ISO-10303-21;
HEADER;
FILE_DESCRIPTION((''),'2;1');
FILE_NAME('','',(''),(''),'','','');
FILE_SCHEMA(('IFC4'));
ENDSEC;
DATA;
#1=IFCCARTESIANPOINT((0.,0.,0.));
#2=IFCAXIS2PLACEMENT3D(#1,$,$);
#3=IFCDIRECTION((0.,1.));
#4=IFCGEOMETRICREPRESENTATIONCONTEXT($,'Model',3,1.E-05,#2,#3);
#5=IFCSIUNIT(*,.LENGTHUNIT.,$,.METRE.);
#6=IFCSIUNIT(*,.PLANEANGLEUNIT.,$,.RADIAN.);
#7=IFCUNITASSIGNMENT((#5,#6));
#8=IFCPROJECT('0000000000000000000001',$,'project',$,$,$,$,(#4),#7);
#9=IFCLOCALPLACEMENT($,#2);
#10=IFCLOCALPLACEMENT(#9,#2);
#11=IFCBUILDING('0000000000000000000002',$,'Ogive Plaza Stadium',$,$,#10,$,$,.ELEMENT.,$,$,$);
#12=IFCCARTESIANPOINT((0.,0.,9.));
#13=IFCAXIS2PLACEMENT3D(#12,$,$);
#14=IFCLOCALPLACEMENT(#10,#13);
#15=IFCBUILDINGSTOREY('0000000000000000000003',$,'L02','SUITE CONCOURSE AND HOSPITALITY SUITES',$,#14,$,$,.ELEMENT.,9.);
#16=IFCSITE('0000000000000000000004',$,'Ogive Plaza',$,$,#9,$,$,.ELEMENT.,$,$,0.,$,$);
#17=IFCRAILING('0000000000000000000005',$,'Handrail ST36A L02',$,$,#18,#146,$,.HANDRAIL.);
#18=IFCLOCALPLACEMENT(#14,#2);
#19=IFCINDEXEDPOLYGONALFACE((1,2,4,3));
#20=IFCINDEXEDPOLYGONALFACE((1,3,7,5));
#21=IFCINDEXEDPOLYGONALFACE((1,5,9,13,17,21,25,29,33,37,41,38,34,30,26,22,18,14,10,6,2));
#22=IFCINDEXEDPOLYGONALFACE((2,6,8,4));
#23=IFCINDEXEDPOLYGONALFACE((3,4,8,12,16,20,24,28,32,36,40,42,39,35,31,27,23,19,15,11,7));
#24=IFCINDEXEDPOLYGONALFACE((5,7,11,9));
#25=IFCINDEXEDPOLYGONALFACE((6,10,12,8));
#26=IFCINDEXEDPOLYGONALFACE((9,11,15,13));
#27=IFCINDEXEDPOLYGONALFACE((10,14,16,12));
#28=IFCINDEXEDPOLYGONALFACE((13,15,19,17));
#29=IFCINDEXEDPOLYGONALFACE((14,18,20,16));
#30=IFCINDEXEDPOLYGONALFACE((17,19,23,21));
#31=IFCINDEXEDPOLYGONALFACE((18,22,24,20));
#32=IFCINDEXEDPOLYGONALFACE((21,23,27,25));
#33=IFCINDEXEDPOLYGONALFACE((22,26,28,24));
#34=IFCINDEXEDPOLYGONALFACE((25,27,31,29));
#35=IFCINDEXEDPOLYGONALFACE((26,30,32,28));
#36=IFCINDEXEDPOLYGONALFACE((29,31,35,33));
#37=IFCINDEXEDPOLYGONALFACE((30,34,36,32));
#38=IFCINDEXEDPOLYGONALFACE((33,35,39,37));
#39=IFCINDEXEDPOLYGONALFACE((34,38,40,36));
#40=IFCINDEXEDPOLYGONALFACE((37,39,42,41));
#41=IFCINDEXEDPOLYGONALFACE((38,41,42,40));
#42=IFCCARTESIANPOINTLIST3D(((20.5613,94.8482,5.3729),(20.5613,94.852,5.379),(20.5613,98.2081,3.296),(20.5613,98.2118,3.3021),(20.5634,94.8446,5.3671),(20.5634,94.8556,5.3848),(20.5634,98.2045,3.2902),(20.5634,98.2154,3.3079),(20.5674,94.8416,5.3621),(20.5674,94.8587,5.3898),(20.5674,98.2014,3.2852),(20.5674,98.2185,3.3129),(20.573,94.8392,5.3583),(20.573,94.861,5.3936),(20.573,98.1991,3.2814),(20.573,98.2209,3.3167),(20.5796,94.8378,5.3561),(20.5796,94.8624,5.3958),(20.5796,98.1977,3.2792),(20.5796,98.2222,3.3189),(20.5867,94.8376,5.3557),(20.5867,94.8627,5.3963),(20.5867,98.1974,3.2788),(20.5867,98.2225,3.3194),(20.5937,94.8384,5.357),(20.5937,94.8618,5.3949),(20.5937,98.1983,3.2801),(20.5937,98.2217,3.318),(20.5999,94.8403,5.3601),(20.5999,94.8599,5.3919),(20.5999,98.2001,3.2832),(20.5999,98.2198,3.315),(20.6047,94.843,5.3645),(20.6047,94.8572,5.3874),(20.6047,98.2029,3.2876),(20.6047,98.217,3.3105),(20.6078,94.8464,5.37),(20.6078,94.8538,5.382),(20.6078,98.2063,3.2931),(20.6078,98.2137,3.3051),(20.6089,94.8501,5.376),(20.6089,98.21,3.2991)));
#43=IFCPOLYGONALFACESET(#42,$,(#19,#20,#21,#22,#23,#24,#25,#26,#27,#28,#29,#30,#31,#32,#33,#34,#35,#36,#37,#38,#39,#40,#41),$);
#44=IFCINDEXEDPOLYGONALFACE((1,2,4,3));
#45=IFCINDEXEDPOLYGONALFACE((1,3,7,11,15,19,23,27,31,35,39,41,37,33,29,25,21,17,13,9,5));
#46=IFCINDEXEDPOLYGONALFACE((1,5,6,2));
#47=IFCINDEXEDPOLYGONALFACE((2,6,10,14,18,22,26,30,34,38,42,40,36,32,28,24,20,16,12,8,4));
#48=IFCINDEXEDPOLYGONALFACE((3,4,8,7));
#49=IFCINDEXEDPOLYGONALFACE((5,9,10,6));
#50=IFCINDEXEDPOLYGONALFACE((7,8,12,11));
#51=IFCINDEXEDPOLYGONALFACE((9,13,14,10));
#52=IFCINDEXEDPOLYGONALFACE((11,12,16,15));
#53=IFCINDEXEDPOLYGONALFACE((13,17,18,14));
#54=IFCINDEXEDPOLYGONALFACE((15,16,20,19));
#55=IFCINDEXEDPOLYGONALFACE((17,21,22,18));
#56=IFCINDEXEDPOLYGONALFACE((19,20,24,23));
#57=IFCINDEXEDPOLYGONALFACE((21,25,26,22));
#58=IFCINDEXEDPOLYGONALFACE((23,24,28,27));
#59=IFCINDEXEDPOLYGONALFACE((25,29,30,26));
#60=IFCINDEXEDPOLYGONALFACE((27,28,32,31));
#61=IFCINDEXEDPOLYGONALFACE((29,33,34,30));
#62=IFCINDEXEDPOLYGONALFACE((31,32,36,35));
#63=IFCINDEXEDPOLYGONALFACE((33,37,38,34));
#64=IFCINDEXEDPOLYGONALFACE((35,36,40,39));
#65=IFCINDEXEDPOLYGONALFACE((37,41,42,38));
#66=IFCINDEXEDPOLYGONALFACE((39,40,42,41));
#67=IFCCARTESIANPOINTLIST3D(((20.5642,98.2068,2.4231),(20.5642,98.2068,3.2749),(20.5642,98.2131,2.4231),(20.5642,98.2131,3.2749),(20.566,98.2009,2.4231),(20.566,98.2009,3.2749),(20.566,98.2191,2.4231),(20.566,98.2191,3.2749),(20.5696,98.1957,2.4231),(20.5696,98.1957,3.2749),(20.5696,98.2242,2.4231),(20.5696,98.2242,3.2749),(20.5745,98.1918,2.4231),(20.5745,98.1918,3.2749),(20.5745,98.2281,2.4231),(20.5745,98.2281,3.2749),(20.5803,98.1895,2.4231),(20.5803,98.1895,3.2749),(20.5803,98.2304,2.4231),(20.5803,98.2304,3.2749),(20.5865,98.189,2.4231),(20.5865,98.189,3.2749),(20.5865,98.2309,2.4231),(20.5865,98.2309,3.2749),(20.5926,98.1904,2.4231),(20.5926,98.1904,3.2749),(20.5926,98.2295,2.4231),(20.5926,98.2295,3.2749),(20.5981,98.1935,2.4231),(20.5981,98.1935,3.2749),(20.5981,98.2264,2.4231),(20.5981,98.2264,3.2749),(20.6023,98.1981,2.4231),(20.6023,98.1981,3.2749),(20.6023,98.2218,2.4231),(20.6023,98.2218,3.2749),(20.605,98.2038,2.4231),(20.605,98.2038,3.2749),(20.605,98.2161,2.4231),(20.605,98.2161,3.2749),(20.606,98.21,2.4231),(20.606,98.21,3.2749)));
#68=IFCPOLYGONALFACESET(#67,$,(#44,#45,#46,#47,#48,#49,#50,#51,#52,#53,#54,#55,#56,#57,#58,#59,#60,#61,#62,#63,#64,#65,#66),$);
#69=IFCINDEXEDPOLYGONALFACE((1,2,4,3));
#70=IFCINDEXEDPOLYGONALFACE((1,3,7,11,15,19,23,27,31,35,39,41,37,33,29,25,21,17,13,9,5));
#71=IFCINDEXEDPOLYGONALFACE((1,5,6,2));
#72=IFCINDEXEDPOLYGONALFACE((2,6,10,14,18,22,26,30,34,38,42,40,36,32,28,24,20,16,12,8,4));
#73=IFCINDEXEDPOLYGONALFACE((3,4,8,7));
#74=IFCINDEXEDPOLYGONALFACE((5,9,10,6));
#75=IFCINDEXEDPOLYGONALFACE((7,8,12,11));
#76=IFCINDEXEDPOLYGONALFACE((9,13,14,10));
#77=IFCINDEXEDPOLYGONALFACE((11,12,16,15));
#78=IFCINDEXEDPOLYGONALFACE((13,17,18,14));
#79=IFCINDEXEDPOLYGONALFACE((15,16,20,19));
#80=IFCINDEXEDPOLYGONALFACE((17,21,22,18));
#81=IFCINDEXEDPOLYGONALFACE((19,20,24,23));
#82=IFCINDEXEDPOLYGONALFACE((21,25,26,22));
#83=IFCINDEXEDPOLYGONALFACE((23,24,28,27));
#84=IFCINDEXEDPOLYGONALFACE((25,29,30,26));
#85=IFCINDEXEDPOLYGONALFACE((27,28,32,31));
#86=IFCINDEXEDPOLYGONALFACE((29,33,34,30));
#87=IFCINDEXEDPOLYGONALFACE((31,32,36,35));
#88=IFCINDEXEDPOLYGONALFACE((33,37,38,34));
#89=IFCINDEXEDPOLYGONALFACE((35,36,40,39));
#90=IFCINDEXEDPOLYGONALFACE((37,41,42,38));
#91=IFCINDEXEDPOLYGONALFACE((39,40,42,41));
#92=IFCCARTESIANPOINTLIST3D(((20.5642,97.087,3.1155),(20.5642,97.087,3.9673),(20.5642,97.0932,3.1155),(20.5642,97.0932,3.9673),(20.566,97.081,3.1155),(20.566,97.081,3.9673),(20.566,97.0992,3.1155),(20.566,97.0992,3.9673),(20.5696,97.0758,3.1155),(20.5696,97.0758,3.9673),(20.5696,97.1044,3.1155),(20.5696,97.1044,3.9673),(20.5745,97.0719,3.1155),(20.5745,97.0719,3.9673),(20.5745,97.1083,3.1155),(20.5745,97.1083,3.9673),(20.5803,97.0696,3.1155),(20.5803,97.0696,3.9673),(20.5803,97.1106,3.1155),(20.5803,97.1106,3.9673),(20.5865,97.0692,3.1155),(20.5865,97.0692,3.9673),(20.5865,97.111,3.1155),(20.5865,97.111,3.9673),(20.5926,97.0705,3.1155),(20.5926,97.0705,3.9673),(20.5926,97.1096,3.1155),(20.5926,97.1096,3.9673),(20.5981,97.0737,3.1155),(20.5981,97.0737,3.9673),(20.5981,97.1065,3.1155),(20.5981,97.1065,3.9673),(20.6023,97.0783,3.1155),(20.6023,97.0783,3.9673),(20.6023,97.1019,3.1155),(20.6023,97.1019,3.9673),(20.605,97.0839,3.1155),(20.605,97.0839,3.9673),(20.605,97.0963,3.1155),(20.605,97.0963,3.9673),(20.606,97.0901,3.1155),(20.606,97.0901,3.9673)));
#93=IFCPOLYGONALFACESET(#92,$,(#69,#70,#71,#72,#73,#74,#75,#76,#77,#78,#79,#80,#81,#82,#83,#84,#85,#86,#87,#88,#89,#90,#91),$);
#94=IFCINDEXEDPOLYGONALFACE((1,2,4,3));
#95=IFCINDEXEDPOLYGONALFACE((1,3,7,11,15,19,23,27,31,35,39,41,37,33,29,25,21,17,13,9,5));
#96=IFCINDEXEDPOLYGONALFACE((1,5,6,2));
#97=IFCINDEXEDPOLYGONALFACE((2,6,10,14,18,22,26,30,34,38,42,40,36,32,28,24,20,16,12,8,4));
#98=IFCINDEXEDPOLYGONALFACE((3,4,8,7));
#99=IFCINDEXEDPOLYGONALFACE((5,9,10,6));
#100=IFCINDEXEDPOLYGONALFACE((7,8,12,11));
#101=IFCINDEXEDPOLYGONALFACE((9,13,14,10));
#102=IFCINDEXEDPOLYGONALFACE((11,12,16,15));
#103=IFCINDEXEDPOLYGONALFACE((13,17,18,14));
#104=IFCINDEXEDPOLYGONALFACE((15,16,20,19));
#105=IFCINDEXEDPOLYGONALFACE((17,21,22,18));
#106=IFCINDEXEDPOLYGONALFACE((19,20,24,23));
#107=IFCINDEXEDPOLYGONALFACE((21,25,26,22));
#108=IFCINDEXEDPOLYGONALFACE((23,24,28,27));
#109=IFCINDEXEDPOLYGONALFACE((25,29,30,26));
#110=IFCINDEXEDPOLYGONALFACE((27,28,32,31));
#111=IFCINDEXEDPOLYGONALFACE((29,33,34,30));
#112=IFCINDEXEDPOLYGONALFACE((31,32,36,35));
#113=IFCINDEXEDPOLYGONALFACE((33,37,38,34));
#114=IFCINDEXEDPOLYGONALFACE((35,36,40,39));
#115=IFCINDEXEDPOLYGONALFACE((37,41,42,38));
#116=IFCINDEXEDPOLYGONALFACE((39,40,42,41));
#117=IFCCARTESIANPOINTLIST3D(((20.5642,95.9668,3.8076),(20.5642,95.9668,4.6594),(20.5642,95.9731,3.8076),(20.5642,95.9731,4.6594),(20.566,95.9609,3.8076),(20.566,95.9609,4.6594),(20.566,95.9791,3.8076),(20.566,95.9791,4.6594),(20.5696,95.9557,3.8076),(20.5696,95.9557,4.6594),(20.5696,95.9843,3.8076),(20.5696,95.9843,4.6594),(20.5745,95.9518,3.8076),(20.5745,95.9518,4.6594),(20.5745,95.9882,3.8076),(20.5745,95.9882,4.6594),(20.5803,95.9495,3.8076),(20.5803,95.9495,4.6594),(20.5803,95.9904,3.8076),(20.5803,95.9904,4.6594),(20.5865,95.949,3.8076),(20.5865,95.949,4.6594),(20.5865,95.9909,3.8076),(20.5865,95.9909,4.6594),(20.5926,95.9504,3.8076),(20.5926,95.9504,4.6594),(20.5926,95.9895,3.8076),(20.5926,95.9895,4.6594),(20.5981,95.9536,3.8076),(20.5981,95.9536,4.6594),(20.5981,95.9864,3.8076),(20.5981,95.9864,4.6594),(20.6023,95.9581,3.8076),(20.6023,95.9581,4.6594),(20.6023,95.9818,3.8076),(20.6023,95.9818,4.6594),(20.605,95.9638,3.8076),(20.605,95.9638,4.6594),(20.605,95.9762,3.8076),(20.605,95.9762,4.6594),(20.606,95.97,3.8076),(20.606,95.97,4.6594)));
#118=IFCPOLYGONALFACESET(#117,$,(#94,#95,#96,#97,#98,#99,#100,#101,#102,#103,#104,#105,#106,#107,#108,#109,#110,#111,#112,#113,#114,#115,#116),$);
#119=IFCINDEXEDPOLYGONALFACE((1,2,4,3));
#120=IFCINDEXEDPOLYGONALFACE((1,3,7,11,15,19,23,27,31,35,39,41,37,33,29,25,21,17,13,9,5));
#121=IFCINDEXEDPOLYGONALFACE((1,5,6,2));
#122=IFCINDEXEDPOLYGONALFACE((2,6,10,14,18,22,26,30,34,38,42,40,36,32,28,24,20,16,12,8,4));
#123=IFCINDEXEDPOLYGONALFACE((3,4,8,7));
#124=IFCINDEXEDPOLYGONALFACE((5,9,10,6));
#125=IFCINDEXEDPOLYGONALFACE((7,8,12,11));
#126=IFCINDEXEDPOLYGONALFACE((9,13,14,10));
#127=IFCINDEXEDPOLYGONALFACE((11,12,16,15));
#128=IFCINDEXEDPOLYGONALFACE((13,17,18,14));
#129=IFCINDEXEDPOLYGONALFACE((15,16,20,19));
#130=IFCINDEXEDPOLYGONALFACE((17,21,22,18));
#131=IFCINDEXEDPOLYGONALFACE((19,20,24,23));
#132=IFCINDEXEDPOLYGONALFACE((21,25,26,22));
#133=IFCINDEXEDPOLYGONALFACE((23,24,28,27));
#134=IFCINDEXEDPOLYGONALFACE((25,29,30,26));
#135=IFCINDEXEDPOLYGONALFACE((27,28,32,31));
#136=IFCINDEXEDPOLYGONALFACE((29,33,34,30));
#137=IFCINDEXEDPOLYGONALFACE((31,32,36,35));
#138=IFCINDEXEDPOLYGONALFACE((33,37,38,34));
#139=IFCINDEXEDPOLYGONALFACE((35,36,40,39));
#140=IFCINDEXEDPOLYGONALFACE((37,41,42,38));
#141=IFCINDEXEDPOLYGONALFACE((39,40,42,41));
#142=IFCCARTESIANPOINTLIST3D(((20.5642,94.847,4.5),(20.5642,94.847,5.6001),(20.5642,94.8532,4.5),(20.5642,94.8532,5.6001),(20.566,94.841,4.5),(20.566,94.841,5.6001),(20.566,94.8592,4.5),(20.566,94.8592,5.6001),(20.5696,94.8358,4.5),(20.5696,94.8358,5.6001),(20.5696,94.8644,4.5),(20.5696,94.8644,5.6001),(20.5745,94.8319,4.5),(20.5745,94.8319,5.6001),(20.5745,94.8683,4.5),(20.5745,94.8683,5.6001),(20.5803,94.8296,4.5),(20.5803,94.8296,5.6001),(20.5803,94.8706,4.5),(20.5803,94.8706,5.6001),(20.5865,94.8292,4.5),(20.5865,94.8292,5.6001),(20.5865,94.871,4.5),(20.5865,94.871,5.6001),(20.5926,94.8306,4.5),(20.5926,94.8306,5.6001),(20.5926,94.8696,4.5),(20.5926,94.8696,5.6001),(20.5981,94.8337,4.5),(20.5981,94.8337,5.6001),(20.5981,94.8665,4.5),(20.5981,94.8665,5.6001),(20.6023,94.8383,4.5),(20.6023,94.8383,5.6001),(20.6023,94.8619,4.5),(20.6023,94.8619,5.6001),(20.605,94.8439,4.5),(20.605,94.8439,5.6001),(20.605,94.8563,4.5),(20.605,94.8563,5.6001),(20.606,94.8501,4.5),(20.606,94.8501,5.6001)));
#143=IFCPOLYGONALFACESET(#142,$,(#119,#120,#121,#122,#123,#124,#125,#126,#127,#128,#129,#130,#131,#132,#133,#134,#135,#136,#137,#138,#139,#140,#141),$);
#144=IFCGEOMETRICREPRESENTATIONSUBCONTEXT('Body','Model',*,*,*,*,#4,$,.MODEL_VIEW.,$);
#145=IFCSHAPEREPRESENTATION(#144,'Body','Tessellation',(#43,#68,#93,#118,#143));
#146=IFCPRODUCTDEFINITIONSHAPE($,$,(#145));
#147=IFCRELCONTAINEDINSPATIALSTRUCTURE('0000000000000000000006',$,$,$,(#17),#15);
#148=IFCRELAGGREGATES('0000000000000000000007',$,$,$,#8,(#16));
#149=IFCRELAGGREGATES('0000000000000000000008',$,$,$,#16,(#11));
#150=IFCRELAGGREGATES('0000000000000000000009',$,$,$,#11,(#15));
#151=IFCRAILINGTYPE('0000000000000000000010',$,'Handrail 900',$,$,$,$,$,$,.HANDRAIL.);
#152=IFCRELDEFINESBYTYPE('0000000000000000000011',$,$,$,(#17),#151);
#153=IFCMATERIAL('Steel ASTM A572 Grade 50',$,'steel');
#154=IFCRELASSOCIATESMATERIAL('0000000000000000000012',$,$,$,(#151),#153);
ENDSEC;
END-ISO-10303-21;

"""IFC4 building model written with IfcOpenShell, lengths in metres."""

from ifc_helpers import new_model, si_unit, direction, frame, origin, origin_2d, place, context, subcontext, project, spatial, circle, extrude, material, type_object, element, save


model = new_model("IFC4")

# Units and contexts
model_context = context("Model", 3, precision=1e-05, world=origin(), true_north=direction((0.0, 1.0)))
body_context = subcontext(model_context, "Body", "Model", "MODEL_VIEW")
ifc_project = project(units=[si_unit("LENGTHUNIT", "METRE"), si_unit("PLANEANGLEUNIT", "RADIAN")], contexts=[model_context])

# Site, building, storey
site_placement = place(None, origin())
site = spatial("IfcSite", under=ifc_project, at=site_placement, Name="Ogive Plaza", CompositionType="ELEMENT", RefElevation=0.0)
building_placement = place(site_placement, origin())
building = spatial("IfcBuilding", under=site, at=building_placement, Name="Ogive Plaza Stadium", CompositionType="ELEMENT")
storey_placement = place(building_placement, frame((0.0, 0.0, 9.0)))
storey = spatial("IfcBuildingStorey", under=building, at=storey_placement, Name="L02", Description="SUITE CONCOURSE AND HOSPITALITY SUITES", CompositionType="ELEMENT", Elevation=9.0)

# Railing
ifc_material_1 = material(Name="Steel ASTM A572 Grade 50", Category="steel")
railing_type_1 = type_object("IfcRailingType", Name="Handrail 900", PredefinedType="HANDRAIL", material=ifc_material_1)
for number, where, name in (
    (1, (20.585, 98.21, 2.4231), "Handrail ST36A L02"),
):
    element("IfcRailing", number, at=place(storey_placement, frame(where)), inside=storey, type_object=railing_type_1, Name=name, PredefinedType="HANDRAIL", context=body_context, shape_type="SweptSolid", body=[
        extrude(circle(Radius=0.0239, at=origin_2d()), frame((0.0, 0.0, 0.876), z_axis=(0.0, -0.850606, 0.525803), x_axis=(1.0, 0.0, 0.0)), (0.0, 0.0, 1.0), 3.95),
        extrude(circle(Radius=0.021, at=origin_2d()), origin(), (0.0, 0.0, 1.0), 0.8518),
        extrude(circle(Radius=0.021, at=origin_2d()), frame((0.0, -1.1199, 0.6924)), (0.0, 0.0, 1.0), 0.8518),
        extrude(circle(Radius=0.021, at=origin_2d()), frame((0.0, -2.24, 1.3845)), (0.0, 0.0, 1.0), 0.8518),
        extrude(circle(Radius=0.021, at=origin_2d()), frame((0.0, -3.3599, 2.0769)), (0.0, 0.0, 1.0), 1.1001),
    ])

save(model, "model.ifc")
